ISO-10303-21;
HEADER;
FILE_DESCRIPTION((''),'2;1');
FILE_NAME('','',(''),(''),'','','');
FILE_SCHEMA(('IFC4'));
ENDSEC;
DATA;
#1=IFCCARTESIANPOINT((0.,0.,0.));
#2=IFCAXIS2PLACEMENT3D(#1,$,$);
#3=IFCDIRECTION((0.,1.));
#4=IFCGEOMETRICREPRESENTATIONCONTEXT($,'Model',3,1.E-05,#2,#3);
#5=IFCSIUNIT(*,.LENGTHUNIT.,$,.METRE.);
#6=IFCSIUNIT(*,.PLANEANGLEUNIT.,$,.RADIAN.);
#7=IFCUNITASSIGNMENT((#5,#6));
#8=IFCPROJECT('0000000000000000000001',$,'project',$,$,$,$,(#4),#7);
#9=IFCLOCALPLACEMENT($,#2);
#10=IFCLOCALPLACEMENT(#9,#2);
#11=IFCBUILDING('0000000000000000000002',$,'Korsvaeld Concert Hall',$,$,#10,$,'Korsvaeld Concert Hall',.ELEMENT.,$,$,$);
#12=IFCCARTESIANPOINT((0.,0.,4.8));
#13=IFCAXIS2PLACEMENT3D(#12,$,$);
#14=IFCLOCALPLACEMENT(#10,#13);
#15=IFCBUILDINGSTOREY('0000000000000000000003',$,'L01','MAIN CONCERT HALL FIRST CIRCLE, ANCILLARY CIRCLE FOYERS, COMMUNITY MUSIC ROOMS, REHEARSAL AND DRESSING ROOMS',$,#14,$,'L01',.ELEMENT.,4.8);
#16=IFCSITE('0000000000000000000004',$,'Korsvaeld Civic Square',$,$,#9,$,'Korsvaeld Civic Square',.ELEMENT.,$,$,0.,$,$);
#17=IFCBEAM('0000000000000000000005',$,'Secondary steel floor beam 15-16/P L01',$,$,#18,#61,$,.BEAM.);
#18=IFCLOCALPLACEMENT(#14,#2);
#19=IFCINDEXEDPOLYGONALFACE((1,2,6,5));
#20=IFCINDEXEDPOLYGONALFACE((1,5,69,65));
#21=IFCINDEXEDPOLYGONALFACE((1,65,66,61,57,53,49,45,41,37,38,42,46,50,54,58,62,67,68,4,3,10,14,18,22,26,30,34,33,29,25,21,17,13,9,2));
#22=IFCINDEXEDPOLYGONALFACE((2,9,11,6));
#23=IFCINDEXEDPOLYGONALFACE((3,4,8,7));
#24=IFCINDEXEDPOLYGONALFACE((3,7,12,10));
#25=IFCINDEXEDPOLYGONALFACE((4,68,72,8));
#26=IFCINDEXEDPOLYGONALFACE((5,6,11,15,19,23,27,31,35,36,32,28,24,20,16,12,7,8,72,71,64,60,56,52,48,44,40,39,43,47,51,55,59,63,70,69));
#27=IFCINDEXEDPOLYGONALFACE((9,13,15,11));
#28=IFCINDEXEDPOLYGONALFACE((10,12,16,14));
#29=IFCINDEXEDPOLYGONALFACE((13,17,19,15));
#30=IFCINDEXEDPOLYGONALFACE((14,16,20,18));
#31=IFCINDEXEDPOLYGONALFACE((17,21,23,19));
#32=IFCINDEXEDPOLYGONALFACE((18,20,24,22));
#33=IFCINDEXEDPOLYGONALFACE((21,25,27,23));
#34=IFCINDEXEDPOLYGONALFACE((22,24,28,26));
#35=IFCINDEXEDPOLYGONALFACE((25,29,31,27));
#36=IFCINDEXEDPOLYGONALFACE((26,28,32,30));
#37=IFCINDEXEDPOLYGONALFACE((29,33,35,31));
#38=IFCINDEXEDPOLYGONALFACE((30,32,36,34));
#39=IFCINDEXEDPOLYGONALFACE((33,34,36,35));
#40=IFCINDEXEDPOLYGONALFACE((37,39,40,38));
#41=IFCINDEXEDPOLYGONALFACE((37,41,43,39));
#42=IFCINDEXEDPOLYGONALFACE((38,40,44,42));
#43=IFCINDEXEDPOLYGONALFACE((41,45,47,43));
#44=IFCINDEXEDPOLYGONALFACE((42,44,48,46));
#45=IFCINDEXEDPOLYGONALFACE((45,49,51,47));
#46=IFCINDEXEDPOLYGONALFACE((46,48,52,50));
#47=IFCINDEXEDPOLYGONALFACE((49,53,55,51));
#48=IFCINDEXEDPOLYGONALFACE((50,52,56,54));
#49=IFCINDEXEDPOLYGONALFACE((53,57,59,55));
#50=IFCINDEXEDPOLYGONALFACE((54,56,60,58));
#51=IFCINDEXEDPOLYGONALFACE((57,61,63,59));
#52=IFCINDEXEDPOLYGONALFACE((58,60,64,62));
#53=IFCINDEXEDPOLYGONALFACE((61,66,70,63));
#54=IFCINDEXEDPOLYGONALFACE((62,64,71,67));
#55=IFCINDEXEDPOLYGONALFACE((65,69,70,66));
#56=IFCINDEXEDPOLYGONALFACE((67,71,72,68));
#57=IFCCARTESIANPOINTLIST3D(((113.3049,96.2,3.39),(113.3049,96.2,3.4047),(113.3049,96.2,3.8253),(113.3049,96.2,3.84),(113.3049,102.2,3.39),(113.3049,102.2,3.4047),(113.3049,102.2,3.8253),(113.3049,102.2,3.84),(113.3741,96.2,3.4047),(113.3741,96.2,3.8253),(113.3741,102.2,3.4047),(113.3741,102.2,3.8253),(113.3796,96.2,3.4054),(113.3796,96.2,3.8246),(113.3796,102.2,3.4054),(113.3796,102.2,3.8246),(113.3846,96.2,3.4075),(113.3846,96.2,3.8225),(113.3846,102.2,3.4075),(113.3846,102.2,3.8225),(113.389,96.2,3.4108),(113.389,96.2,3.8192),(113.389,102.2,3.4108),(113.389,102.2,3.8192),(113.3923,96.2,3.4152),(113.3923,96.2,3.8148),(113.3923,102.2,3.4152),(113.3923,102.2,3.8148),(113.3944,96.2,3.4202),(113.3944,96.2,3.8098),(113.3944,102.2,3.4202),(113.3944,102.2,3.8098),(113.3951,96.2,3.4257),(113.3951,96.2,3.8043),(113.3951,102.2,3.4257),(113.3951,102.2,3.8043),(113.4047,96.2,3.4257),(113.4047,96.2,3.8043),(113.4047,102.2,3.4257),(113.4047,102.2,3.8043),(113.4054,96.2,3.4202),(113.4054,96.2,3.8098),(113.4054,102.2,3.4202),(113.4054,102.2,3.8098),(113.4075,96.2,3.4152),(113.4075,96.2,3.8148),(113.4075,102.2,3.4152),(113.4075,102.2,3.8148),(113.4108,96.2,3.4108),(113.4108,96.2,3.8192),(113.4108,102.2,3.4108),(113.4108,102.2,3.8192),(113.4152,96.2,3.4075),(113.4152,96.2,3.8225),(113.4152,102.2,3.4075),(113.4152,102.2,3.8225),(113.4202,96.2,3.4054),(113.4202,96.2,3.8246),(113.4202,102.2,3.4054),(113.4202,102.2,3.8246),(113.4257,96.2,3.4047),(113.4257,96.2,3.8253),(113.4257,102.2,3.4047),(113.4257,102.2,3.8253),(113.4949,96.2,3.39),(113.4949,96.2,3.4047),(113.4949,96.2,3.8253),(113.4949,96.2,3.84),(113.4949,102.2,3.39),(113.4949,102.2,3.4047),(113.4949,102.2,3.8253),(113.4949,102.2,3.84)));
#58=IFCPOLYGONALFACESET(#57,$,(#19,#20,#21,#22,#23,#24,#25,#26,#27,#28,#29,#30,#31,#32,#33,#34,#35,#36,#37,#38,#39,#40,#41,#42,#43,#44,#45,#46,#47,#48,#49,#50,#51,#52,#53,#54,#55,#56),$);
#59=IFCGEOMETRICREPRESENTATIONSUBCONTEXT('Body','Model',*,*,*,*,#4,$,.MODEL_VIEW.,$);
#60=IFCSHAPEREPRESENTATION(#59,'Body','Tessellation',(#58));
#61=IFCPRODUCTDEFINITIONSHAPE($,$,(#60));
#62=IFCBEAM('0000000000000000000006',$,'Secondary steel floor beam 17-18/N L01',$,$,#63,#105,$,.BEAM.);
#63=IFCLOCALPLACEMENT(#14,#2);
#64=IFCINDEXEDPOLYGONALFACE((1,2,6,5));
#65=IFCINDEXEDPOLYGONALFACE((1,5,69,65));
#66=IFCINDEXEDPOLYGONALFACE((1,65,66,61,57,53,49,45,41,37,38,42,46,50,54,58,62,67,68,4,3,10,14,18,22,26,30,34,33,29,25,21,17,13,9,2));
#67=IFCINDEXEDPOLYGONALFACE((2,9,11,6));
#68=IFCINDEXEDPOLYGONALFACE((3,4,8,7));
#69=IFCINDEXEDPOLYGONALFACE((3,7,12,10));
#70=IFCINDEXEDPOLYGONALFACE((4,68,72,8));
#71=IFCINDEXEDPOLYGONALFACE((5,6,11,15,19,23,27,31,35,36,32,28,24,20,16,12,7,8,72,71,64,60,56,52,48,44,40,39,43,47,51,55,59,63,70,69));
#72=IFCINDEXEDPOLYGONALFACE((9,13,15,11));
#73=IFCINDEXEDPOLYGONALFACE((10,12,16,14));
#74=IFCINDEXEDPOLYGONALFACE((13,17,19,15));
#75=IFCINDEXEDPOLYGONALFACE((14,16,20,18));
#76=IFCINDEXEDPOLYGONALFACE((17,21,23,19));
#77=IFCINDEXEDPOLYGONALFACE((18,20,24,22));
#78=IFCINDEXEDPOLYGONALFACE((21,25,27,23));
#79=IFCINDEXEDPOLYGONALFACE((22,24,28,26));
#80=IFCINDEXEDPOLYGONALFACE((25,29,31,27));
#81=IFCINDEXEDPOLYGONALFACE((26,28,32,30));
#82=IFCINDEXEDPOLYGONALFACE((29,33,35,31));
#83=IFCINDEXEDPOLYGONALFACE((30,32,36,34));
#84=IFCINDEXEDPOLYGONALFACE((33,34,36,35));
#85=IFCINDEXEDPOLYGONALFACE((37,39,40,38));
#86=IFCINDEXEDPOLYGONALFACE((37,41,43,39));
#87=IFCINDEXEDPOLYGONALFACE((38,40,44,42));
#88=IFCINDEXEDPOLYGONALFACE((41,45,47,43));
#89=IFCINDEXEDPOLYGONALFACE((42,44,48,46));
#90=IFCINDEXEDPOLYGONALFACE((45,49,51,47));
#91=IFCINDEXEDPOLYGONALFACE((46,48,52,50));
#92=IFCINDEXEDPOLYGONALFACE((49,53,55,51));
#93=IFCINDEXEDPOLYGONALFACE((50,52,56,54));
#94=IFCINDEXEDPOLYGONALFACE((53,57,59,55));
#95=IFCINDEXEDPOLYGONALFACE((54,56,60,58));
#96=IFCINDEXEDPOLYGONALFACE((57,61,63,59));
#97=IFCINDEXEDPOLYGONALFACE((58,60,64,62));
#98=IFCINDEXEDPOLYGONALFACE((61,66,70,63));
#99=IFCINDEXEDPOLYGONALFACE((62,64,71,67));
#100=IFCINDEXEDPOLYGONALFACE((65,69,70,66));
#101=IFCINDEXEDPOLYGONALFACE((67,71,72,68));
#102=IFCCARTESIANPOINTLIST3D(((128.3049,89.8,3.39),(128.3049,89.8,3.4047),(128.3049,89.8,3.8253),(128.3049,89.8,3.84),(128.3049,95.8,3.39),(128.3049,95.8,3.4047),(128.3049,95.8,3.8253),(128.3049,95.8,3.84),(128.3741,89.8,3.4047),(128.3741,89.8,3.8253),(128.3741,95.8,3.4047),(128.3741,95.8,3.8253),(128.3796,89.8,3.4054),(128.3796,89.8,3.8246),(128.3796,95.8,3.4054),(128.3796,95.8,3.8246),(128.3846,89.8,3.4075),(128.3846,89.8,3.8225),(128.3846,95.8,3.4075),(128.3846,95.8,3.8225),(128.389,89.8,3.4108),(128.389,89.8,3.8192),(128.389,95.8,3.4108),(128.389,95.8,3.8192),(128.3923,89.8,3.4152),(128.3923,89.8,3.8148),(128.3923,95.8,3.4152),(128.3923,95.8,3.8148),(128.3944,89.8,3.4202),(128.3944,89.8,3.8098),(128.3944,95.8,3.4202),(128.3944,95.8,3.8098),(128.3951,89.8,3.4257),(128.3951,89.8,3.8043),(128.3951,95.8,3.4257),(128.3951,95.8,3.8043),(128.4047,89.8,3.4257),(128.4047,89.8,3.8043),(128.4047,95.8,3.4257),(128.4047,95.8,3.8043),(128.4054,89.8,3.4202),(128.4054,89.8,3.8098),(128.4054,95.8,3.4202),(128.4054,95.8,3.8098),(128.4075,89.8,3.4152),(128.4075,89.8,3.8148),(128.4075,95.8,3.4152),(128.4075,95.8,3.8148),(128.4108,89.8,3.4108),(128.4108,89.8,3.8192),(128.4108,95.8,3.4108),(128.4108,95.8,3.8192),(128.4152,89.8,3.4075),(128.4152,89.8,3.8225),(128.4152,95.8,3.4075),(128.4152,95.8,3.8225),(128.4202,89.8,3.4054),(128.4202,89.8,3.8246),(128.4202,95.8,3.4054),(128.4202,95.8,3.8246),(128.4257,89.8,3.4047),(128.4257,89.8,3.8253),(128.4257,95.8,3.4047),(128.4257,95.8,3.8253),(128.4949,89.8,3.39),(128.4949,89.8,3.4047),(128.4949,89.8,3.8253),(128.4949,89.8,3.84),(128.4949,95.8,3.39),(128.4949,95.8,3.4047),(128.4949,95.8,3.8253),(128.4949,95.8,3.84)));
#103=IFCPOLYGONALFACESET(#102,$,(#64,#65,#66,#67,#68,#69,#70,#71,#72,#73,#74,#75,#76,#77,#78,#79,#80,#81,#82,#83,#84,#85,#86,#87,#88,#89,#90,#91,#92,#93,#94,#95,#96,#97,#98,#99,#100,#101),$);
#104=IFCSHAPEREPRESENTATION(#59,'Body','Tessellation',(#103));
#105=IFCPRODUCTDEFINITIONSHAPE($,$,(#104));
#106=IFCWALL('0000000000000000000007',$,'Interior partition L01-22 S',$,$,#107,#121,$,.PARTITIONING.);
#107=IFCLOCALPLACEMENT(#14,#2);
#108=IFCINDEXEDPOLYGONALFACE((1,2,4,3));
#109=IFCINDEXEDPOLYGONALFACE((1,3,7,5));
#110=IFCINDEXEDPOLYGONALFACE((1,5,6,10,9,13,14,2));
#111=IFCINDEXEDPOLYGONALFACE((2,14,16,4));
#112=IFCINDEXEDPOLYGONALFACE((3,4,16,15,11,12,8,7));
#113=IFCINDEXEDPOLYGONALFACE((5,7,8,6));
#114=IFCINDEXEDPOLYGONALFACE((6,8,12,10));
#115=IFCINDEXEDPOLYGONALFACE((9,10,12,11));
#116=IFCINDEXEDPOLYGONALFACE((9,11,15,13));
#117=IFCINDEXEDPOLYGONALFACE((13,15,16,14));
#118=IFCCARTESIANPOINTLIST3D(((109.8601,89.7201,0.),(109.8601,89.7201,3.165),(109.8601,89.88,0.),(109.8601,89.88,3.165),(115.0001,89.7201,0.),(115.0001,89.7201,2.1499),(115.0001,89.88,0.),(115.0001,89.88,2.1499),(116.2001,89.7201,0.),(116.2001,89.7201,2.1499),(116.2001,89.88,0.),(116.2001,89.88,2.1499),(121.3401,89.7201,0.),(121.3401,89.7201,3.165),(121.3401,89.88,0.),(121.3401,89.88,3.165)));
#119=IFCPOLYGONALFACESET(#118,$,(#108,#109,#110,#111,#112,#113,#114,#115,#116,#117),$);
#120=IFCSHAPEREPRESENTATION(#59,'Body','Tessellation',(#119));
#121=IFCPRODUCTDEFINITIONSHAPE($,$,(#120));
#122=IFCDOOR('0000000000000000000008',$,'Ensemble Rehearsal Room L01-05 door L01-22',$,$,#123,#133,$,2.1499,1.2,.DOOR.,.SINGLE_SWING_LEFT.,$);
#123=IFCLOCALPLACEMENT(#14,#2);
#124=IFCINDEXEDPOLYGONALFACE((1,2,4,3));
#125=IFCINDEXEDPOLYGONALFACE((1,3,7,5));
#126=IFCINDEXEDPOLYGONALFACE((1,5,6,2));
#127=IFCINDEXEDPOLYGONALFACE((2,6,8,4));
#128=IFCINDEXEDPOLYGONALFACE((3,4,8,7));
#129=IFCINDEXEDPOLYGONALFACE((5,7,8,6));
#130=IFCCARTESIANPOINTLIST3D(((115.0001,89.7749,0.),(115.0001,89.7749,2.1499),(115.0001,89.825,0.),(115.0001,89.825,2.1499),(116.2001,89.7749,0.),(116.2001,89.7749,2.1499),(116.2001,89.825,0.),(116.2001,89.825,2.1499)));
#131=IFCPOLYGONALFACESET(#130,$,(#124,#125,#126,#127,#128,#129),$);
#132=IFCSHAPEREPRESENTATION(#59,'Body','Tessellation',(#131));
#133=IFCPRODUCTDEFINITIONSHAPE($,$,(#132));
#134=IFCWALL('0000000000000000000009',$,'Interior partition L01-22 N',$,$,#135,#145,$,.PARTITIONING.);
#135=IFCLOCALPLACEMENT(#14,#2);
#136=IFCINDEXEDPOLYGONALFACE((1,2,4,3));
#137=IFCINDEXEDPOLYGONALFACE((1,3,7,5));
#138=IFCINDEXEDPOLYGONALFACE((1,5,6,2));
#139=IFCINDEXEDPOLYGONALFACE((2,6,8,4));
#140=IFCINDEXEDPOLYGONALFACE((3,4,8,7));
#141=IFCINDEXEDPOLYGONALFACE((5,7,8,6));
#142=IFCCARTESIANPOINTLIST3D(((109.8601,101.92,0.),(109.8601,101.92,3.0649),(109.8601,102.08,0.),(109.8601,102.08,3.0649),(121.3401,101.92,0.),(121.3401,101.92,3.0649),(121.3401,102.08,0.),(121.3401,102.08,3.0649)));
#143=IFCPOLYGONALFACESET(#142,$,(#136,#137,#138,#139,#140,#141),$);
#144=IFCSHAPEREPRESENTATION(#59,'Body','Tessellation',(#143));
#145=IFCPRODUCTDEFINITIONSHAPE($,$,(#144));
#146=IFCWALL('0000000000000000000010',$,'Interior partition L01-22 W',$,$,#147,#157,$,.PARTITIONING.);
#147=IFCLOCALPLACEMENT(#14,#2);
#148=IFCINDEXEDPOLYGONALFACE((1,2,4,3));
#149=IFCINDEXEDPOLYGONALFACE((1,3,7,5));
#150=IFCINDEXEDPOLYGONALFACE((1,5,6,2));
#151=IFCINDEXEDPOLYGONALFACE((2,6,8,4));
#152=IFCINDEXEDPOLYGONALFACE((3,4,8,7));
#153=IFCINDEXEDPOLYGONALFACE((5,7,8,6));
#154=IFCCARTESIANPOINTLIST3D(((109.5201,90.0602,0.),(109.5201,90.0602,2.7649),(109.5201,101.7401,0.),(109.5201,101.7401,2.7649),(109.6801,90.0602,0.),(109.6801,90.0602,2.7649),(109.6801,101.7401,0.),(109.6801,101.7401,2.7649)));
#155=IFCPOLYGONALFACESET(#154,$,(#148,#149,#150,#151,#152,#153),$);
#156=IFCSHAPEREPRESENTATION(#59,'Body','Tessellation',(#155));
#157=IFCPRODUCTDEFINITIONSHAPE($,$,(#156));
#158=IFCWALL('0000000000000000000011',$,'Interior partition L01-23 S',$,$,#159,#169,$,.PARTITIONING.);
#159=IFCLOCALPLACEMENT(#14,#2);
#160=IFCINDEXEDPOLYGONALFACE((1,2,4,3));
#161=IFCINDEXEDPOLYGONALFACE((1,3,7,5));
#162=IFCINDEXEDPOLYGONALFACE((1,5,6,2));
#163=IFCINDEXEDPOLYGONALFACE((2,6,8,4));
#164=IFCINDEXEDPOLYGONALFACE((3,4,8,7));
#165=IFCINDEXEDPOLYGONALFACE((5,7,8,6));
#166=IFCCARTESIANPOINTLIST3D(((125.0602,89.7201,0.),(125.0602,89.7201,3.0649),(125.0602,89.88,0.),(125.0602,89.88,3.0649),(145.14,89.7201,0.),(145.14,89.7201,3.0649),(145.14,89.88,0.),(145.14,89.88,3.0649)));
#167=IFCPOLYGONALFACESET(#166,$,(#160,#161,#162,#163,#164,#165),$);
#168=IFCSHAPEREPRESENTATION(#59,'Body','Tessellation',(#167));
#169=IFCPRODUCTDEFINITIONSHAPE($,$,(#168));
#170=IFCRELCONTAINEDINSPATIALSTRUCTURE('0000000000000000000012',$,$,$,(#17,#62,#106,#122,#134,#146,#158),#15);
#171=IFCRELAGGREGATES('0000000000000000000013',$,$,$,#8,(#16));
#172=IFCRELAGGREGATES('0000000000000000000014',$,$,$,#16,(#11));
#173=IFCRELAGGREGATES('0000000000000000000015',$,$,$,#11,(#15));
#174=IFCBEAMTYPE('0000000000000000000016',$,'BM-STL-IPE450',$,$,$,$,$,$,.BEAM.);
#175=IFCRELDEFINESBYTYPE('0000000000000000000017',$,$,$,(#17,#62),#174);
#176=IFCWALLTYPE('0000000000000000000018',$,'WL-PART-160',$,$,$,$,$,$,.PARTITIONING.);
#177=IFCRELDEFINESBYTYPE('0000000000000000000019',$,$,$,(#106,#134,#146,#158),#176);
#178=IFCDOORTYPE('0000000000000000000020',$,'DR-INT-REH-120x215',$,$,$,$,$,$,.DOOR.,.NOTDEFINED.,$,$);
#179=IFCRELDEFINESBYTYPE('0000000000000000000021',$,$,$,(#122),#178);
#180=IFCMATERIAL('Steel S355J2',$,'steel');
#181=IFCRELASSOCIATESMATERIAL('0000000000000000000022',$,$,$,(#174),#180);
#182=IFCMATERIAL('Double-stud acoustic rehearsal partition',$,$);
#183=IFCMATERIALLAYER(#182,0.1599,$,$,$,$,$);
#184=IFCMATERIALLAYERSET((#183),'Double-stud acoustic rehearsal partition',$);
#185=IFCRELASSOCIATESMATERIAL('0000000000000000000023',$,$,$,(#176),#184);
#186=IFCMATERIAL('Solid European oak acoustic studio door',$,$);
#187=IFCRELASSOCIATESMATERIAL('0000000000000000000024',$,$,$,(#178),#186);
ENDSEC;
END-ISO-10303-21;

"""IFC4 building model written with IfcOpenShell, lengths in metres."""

from ifc_helpers import new_model, si_unit, direction, frame, frame_2d, origin, origin_2d, place, context, subcontext, project, spatial, rectangle, i_section, extrude, material, layer, layer_set, material_profile, profile_set, type_object, element, fill, save


model = new_model("IFC4")

# Units and contexts
model_context = context("Model", 3, precision=1e-05, world=origin(), true_north=direction((0.0, 1.0)))
body_context = subcontext(model_context, "Body", "Model", "MODEL_VIEW")
ifc_project = project(units=[si_unit("LENGTHUNIT", "METRE"), si_unit("PLANEANGLEUNIT", "RADIAN")], contexts=[model_context])

# Site, building, storey
site_placement = place(None, origin())
site = spatial("IfcSite", under=ifc_project, at=site_placement, Name="Korsvaeld Civic Square", LongName="Korsvaeld Civic Square", CompositionType="ELEMENT", RefElevation=0.0)
building_placement = place(site_placement, origin())
building = spatial("IfcBuilding", under=site, at=building_placement, Name="Korsvaeld Concert Hall", LongName="Korsvaeld Concert Hall", CompositionType="ELEMENT")
storey_placement = place(building_placement, frame((0.0, 0.0, 4.8)))
storey = spatial("IfcBuildingStorey", under=building, at=storey_placement, Name="L01", Description="MAIN CONCERT HALL FIRST CIRCLE, ANCILLARY CIRCLE FOYERS, COMMUNITY MUSIC ROOMS, REHEARSAL AND DRESSING ROOMS", LongName="L01", CompositionType="ELEMENT", Elevation=4.8)

# Beams
ifc_material_1 = material(Name="Steel S355J2", Category="steel")
ifc_material_profile_1 = material_profile(ifc_material_1, i_section(OverallWidth=0.1899, OverallDepth=0.45, WebThickness=0.0095, FlangeThickness=0.0146, FilletRadius=0.021, at=origin_2d()), Name="IPE 450")
ifc_profile_set_1 = profile_set([ifc_material_profile_1], Name="Steel S355J2")
beam_type_1 = type_object("IfcBeamType", Name="BM-STL-IPE450", PredefinedType="BEAM", material=ifc_profile_set_1)
for number, where, z_axis, x_axis, name in (
    (1, (113.3999, 96.2, 3.615), (0.0, 1.0, 0.0), (-1.0, 0.0, 0.0), "Secondary steel floor beam 15-16/P L01"),
    (2, (128.3999, 89.8, 3.615), (0.0, 1.0, 0.0), (-1.0, 0.0, 0.0), "Secondary steel floor beam 17-18/N L01"),
):
    element("IfcBeam", number, at=place(storey_placement, frame(where, z_axis=z_axis, x_axis=x_axis)), inside=storey, type_object=beam_type_1, Name=name, PredefinedType="BEAM", context=body_context, shape_type="SweptSolid", body=[
        extrude(i_section(OverallWidth=0.1899, OverallDepth=0.45, WebThickness=0.0095, FlangeThickness=0.0146, FilletRadius=0.021, at=origin_2d()), origin(), (0.0, 0.0, 1.0), 6.0),
    ])

# Wall, opening, door
ifc_material_2 = material(Name="Double-stud acoustic rehearsal partition")
ifc_layer = layer(ifc_material_2, 0.1599)
ifc_layer_set = layer_set([ifc_layer], Name="Double-stud acoustic rehearsal partition")
wall_type = type_object("IfcWallType", Name="WL-PART-160", PredefinedType="PARTITIONING", material=ifc_layer_set)
wall_1_placement = place(storey_placement, frame((109.8601, 89.8, 0.0), z_axis=(0.0, 0.0, 1.0), x_axis=(1.0, 0.0, 0.0)))
wall_1 = element("IfcWall", 3, at=wall_1_placement, inside=storey, type_object=wall_type, Name="Interior partition L01-22 S", PredefinedType="PARTITIONING", context=body_context, shape_type="SweptSolid", body=[
    extrude(rectangle(XDim=11.48, YDim=0.1599, at=frame_2d((5.74, 0.0))), origin(), (0.0, 0.0, 1.0), 3.165),
])
opening_1_placement = place(wall_1_placement, frame((5.1399, 0.0, 0.0)))
opening_1 = element("IfcOpeningElement", 4, at=opening_1_placement, cuts=wall_1, PredefinedType="OPENING", context=body_context, shape_type="SweptSolid", body=[
    extrude(rectangle(XDim=1.2, YDim=2.1499, at=frame_2d((0.6001, 1.075))), frame((0.0, 0.0898, 0.0), z_axis=(0.0, -1.0, 0.0), x_axis=(1.0, 0.0, 0.0)), (0.0, 0.0, 1.0), 0.1799),
])
ifc_material_3 = material(Name="Solid European oak acoustic studio door")
door_type = type_object("IfcDoorType", Name="DR-INT-REH-120x215", OperationType="NOTDEFINED", PredefinedType="DOOR", material=ifc_material_3)
door_1_placement = place(opening_1_placement, origin())
door_1 = element("IfcDoor", 5, at=door_1_placement, inside=storey, type_object=door_type, Name="Ensemble Rehearsal Room L01-05 door L01-22", OperationType="SINGLE_SWING_LEFT", OverallHeight=2.1499, OverallWidth=1.2, PredefinedType="DOOR", context=body_context, shape_type="SweptSolid", body=[
    extrude(rectangle(XDim=1.2, YDim=2.1499, at=frame_2d((0.6001, 1.075))), frame((0.0, 0.0249, 0.0), z_axis=(0.0, -1.0, 0.0), x_axis=(1.0, 0.0, 0.0)), (0.0, 0.0, 1.0), 0.05),
])
fill(opening_1, door_1)

# Walls
wall_2_placement = place(storey_placement, frame((121.3401, 102.0, 0.0), z_axis=(0.0, 0.0, 1.0), x_axis=(-1.0, 0.0, 0.0)))
element("IfcWall", 6, at=wall_2_placement, inside=storey, type_object=wall_type, Name="Interior partition L01-22 N", PredefinedType="PARTITIONING", context=body_context, shape_type="SweptSolid", body=[
    extrude(rectangle(XDim=11.48, YDim=0.1599, at=frame_2d((5.74, 0.0))), origin(), (0.0, 0.0, 1.0), 3.0649),
])
wall_3_placement = place(storey_placement, frame((109.6001, 101.74, 0.0), z_axis=(0.0, 0.0, 1.0), x_axis=(0.0, -1.0, 0.0)))
element("IfcWall", 7, at=wall_3_placement, inside=storey, type_object=wall_type, Name="Interior partition L01-22 W", PredefinedType="PARTITIONING", context=body_context, shape_type="SweptSolid", body=[
    extrude(rectangle(XDim=11.6799, YDim=0.1599, at=frame_2d((5.8398, 0.0))), origin(), (0.0, 0.0, 1.0), 2.7649),
])
wall_4_placement = place(storey_placement, frame((125.0601, 89.8, 0.0), z_axis=(0.0, 0.0, 1.0), x_axis=(1.0, 0.0, 0.0)))
element("IfcWall", 8, at=wall_4_placement, inside=storey, type_object=wall_type, Name="Interior partition L01-23 S", PredefinedType="PARTITIONING", context=body_context, shape_type="SweptSolid", body=[
    extrude(rectangle(XDim=20.0798, YDim=0.1599, at=frame_2d((10.04, 0.0))), origin(), (0.0, 0.0, 1.0), 3.0649),
])

save(model, "model.ifc")
